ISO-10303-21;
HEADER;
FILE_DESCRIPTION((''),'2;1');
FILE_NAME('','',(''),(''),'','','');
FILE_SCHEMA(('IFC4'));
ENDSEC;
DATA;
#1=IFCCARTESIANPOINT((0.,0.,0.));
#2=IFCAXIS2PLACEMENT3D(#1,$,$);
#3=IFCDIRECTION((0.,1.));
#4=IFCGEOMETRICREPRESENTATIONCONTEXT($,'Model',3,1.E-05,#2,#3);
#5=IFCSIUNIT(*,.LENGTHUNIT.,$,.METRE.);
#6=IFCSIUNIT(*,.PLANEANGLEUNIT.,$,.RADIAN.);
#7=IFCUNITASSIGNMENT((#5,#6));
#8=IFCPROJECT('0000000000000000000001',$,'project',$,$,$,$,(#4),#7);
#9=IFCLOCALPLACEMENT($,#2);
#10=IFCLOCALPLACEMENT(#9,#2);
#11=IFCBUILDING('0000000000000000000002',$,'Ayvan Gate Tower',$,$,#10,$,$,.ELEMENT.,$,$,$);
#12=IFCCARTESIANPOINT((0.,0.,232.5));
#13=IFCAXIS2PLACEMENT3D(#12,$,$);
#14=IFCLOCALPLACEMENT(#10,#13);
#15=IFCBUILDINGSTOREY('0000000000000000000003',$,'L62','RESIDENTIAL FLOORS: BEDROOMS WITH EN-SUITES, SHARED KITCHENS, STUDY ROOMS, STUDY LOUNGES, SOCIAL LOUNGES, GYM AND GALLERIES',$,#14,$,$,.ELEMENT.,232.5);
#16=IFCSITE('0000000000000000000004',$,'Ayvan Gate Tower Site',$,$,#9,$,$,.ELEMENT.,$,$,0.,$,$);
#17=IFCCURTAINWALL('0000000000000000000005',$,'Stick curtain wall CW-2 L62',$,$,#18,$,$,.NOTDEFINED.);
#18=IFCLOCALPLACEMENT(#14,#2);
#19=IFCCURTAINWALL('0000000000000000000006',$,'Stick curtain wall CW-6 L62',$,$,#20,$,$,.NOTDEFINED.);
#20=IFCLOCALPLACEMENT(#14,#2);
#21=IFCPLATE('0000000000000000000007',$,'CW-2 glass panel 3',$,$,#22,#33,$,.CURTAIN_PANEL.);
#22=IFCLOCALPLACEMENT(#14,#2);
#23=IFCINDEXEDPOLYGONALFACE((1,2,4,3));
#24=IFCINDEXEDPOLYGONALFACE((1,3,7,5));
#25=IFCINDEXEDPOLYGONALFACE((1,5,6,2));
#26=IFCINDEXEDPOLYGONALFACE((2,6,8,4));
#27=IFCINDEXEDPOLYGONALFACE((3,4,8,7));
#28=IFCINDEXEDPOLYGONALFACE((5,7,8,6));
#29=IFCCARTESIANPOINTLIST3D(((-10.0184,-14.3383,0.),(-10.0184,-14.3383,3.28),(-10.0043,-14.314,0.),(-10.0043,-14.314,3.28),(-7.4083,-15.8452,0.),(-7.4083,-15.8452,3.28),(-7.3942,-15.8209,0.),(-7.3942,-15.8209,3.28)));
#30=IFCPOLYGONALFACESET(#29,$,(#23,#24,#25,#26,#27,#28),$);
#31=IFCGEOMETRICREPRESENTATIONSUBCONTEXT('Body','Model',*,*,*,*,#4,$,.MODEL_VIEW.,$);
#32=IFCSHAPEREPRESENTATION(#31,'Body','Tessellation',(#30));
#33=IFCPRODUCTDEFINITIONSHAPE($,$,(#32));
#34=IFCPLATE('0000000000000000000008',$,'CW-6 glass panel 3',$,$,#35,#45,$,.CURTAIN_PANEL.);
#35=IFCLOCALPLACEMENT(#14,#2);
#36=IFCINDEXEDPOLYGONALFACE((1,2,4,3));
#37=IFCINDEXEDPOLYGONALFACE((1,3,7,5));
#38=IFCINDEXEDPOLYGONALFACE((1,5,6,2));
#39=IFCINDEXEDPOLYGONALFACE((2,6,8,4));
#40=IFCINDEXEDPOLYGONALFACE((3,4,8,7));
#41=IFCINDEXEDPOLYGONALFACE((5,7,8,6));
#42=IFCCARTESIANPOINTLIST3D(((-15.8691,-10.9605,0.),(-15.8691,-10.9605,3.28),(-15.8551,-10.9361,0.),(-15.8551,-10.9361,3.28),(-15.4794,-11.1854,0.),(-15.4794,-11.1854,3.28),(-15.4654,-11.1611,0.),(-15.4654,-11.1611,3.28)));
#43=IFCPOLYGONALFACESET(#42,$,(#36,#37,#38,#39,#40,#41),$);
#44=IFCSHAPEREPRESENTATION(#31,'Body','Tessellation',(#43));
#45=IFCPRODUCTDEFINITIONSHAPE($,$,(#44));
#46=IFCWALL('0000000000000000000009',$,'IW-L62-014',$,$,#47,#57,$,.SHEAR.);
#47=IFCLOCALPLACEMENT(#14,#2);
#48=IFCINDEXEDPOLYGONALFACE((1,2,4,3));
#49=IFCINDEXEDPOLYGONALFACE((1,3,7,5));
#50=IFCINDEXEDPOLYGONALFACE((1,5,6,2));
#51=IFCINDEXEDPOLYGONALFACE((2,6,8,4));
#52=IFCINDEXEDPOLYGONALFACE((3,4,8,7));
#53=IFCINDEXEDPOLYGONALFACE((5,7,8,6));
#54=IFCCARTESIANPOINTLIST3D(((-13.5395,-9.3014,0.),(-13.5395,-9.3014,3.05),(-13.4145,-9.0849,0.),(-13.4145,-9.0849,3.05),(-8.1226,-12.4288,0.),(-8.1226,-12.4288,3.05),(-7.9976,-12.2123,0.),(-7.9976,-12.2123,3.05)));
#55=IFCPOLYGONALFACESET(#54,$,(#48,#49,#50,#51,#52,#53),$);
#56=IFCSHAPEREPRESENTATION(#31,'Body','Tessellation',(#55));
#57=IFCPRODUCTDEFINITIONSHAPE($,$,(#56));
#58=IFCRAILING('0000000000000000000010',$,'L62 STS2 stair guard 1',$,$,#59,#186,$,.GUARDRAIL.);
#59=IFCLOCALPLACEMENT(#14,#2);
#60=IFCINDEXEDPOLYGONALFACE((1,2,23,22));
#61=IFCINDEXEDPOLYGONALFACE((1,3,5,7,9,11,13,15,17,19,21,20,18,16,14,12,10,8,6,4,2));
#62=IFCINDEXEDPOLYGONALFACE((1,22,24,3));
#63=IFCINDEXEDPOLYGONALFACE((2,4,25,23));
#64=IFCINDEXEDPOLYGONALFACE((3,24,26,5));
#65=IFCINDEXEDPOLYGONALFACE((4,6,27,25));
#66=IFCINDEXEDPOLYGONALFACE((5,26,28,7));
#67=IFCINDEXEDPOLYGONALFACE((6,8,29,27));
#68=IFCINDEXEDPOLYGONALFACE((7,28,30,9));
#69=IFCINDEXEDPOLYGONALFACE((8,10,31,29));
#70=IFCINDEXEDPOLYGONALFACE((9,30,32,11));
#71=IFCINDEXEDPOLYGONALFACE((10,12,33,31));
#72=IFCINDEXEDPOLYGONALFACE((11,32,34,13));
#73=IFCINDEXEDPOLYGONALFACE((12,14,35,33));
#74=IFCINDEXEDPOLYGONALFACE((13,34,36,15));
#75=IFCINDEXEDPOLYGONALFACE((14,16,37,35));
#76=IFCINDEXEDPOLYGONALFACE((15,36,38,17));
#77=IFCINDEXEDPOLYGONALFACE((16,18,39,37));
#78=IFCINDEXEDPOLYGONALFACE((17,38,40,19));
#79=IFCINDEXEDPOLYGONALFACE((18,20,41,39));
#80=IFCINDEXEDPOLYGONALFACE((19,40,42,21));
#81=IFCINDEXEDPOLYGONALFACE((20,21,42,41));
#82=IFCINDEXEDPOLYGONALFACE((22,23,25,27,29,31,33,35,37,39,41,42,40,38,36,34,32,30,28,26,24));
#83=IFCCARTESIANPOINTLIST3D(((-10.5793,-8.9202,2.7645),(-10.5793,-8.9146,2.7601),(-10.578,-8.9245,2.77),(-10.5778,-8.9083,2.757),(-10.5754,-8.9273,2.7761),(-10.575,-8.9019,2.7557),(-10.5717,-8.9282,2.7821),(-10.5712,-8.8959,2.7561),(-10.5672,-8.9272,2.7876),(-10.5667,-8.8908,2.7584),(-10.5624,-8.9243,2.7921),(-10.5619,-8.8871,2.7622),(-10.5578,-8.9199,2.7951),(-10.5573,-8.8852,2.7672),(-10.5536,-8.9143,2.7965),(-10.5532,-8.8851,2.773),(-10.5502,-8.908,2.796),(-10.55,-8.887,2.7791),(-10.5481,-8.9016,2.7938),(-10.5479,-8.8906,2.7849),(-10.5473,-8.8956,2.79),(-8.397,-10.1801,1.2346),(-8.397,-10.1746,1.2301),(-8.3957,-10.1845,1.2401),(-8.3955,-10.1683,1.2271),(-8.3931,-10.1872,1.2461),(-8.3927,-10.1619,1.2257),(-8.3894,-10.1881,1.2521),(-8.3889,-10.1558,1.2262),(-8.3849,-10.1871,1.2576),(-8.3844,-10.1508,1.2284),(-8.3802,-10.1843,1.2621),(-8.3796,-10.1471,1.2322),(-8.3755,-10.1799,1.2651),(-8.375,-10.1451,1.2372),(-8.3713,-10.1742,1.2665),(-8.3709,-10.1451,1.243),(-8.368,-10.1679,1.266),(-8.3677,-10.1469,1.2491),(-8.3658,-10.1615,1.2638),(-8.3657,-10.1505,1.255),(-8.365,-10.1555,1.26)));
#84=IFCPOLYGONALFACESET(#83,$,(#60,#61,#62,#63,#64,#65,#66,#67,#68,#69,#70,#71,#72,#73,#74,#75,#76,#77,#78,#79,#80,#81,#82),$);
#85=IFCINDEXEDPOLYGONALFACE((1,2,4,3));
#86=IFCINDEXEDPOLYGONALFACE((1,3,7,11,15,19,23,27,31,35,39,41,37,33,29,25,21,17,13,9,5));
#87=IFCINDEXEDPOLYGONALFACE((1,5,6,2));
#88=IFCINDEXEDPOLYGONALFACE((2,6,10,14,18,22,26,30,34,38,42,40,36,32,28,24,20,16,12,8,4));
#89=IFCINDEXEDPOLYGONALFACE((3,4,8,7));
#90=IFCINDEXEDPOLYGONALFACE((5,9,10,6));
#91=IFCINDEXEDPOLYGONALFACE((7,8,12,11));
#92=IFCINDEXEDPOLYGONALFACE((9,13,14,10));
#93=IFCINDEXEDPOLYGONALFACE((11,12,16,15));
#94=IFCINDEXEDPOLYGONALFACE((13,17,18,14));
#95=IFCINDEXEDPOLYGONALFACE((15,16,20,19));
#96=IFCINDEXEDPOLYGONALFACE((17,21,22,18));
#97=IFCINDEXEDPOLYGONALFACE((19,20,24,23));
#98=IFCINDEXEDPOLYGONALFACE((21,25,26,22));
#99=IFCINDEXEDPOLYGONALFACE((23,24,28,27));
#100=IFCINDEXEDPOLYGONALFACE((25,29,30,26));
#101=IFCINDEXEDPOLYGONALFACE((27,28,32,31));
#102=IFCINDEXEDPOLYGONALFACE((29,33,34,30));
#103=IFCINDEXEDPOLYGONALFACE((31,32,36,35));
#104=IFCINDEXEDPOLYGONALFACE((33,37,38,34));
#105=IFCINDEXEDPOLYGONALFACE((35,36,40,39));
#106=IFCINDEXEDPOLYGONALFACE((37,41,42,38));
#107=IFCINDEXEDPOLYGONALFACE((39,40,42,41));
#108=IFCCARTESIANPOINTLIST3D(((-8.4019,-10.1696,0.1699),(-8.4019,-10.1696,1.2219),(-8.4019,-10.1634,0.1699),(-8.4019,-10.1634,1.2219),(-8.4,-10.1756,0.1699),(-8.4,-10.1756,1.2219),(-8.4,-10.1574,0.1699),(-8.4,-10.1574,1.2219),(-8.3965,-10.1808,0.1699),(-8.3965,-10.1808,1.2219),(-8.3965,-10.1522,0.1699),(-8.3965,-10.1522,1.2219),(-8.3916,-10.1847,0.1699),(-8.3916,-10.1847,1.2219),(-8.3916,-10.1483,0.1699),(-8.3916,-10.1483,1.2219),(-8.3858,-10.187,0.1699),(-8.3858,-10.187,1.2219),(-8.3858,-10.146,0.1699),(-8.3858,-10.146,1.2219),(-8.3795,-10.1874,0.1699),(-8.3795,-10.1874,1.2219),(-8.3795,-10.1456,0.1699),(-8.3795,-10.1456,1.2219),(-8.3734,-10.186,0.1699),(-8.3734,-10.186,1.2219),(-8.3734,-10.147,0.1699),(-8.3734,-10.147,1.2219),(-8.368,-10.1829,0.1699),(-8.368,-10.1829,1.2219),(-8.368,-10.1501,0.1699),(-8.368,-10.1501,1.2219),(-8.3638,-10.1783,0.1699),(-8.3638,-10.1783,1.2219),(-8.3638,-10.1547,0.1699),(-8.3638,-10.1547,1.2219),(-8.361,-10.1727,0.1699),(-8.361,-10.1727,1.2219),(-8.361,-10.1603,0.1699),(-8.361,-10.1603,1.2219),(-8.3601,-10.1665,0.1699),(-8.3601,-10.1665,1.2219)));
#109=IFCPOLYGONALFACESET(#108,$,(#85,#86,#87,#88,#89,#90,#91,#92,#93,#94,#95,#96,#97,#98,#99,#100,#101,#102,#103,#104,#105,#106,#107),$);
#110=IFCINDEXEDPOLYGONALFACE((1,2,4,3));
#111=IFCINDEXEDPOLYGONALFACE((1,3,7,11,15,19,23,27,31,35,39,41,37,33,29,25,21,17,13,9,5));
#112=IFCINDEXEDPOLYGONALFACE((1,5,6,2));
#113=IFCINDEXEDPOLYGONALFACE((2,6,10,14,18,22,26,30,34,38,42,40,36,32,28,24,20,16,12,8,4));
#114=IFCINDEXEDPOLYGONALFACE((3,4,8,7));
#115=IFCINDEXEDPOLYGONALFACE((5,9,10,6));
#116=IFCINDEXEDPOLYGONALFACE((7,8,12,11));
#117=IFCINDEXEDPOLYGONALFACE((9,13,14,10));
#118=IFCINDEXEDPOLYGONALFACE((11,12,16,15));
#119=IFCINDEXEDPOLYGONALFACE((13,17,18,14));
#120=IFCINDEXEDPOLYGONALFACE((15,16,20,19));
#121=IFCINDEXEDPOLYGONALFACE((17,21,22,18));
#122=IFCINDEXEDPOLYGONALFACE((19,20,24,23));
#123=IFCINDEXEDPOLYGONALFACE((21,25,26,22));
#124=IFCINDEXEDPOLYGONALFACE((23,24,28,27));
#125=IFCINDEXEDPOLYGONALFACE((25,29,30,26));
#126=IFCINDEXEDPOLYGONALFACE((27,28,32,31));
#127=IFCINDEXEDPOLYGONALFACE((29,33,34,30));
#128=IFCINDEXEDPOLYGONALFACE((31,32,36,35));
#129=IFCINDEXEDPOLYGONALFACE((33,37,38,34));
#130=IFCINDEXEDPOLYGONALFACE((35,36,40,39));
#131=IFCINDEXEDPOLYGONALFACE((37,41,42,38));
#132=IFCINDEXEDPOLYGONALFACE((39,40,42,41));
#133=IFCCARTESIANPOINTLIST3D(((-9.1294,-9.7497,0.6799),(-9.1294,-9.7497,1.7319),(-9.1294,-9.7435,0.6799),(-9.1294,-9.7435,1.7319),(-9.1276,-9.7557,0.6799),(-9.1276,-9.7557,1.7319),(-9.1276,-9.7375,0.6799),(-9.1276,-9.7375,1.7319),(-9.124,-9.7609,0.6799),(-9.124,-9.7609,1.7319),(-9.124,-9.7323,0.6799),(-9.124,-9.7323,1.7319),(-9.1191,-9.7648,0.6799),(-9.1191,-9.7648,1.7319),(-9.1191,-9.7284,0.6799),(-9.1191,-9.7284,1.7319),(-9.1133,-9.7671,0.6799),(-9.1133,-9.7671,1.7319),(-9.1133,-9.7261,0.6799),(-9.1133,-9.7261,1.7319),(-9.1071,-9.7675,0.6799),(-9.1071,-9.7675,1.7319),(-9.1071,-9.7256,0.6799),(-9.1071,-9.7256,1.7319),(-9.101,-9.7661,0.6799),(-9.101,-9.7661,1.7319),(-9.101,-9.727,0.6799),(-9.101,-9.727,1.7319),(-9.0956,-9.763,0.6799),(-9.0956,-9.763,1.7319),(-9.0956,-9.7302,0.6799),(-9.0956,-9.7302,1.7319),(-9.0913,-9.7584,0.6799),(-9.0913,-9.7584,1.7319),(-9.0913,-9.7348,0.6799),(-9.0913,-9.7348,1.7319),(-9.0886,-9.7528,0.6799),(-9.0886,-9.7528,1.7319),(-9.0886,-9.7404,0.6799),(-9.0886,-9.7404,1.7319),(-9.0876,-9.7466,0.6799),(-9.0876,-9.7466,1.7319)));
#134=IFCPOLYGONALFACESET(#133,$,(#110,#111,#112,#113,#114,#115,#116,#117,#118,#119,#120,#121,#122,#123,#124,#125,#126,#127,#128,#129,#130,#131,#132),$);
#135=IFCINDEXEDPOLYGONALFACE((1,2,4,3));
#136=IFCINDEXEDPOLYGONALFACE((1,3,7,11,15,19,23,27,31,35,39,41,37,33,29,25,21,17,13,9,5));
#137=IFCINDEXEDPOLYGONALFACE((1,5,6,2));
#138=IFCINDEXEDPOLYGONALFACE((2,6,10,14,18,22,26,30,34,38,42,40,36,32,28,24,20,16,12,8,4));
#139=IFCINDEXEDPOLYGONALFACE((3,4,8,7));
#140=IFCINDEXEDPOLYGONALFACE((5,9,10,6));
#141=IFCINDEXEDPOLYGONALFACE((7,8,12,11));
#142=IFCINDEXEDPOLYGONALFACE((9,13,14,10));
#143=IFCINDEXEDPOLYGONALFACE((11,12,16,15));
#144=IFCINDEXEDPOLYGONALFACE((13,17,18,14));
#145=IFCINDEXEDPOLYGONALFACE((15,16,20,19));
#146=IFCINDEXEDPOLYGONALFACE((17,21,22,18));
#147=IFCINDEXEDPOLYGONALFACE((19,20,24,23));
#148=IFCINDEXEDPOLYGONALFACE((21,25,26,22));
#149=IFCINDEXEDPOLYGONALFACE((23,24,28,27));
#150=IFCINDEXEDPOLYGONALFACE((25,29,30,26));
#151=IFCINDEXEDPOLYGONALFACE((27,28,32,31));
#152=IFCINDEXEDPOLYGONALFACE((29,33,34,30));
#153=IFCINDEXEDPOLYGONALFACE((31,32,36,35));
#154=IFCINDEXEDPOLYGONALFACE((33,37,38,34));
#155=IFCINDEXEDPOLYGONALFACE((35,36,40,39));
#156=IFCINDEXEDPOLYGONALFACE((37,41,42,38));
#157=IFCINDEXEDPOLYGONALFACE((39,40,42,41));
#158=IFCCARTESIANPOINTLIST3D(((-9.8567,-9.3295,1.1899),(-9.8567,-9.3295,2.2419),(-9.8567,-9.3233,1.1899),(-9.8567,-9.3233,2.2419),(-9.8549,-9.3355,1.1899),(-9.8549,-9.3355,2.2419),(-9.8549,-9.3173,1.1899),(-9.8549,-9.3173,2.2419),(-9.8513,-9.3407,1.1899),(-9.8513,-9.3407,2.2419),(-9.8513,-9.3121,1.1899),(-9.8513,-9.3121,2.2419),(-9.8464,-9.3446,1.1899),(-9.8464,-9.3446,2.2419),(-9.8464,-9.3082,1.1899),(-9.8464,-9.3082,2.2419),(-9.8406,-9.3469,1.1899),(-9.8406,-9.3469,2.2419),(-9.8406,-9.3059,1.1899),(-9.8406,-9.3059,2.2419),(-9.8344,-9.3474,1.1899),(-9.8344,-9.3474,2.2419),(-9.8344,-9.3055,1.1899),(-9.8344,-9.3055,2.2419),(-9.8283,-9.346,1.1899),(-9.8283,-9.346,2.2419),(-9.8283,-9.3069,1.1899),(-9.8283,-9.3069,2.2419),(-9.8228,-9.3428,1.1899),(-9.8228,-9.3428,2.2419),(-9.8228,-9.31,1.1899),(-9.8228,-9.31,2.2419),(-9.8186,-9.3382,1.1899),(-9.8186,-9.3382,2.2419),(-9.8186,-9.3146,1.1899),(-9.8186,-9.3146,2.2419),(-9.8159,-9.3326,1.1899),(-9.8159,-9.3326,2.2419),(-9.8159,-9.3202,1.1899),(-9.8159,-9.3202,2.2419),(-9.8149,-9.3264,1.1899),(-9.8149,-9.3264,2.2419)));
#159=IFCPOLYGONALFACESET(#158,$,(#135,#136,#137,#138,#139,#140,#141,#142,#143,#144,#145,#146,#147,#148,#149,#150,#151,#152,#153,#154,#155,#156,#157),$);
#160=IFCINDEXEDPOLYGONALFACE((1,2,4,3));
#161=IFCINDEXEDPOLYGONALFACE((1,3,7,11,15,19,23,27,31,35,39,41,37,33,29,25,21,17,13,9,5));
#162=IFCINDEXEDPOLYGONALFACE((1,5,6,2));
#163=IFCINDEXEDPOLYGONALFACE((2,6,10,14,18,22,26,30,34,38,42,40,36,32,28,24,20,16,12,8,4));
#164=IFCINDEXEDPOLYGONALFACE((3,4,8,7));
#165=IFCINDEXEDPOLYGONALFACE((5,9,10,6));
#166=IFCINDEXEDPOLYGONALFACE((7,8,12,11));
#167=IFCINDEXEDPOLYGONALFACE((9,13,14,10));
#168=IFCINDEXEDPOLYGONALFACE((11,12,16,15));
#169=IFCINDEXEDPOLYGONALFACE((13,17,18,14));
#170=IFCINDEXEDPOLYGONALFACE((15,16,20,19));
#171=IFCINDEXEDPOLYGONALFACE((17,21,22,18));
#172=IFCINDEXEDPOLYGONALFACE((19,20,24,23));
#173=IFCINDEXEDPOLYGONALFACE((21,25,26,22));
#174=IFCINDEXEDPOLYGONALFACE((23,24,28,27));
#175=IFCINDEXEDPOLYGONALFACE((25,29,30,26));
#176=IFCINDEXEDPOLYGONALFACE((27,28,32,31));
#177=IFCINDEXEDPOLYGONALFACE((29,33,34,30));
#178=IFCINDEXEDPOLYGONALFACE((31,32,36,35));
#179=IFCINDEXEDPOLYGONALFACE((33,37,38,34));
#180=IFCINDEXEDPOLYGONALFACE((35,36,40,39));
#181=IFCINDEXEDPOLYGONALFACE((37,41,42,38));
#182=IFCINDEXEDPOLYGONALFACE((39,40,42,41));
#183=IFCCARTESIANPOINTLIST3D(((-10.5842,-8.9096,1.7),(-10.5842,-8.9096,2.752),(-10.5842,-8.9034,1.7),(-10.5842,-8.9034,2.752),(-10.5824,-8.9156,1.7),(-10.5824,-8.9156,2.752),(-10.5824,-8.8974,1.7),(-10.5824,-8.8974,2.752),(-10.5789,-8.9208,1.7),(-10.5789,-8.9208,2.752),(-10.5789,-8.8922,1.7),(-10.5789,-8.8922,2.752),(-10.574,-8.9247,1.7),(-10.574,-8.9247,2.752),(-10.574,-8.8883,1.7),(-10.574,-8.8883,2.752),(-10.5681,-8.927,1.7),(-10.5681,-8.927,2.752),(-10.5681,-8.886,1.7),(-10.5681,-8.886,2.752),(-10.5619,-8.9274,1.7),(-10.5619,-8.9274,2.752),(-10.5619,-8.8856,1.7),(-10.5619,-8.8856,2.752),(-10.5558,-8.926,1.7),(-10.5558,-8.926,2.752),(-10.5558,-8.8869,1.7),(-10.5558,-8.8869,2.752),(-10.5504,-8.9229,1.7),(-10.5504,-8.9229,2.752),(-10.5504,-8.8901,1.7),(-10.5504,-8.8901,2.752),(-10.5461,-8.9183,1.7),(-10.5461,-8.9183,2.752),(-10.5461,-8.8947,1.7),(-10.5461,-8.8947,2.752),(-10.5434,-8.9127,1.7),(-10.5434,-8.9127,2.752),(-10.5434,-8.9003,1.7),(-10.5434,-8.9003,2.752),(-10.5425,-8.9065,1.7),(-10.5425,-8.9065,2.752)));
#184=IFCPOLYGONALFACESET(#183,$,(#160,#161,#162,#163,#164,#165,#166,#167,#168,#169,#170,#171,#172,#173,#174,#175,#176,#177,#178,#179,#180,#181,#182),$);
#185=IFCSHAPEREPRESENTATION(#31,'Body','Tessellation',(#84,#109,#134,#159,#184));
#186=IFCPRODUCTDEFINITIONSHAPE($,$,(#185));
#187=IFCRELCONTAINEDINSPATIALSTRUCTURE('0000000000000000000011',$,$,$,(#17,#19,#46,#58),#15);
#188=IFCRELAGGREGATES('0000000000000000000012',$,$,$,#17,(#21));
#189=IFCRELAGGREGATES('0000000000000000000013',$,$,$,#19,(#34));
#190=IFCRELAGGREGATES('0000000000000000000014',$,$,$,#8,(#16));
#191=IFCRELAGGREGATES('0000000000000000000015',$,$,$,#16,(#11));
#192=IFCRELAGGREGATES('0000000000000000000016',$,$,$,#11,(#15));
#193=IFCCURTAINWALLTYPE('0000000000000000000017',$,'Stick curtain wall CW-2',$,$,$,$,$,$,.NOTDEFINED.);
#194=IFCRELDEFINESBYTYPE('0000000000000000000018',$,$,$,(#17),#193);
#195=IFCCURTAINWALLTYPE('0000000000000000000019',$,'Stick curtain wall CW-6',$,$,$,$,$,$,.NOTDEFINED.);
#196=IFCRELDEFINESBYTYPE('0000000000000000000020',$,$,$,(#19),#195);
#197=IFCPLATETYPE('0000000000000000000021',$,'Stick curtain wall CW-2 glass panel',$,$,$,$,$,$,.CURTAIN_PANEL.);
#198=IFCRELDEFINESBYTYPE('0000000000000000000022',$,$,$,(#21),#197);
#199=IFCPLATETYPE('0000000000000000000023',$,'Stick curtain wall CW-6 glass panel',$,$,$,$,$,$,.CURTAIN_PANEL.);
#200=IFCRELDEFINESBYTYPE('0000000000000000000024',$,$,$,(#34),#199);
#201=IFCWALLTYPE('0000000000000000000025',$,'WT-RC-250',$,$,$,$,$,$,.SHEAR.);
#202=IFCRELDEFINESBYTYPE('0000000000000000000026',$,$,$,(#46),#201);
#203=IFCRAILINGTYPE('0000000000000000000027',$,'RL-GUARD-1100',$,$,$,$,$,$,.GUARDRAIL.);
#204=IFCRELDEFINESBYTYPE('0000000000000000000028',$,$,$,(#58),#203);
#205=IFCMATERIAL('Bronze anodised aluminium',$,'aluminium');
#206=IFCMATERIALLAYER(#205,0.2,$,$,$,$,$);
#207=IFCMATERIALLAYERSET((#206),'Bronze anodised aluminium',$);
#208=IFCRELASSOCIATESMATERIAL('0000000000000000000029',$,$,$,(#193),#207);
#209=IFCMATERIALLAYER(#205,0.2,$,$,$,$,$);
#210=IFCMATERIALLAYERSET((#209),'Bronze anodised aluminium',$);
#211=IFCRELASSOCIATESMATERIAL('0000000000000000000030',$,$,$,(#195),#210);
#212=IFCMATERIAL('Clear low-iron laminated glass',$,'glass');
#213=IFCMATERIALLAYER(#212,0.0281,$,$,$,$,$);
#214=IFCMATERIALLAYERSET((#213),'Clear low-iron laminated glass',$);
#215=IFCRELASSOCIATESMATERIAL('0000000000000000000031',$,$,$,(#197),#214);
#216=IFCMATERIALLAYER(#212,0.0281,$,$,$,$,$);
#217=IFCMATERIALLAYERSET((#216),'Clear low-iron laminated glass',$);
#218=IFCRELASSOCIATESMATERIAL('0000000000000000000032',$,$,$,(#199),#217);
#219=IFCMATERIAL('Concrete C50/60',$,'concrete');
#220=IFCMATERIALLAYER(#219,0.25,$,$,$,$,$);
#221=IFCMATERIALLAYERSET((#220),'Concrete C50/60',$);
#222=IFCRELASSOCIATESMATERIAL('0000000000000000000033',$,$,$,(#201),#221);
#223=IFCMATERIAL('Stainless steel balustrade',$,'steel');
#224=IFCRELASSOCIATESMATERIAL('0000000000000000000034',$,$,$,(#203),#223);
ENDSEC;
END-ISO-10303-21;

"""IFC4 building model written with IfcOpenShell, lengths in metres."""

from ifc_helpers import new_model, si_unit, direction, frame, frame_2d, origin, origin_2d, place, context, subcontext, project, spatial, rectangle, circle, extrude, material, layer, layer_set, type_object, element, aggregate, save


model = new_model("IFC4")

# Units and contexts
model_context = context("Model", 3, precision=1e-05, world=origin(), true_north=direction((0.0, 1.0)))
body_context = subcontext(model_context, "Body", "Model", "MODEL_VIEW")
ifc_project = project(units=[si_unit("LENGTHUNIT", "METRE"), si_unit("PLANEANGLEUNIT", "RADIAN")], contexts=[model_context])

# Site, building, storey
site_placement = place(None, origin())
site = spatial("IfcSite", under=ifc_project, at=site_placement, Name="Ayvan Gate Tower Site", CompositionType="ELEMENT", RefElevation=0.0)
building_placement = place(site_placement, origin())
building = spatial("IfcBuilding", under=site, at=building_placement, Name="Ayvan Gate Tower", CompositionType="ELEMENT")
storey_placement = place(building_placement, frame((0.0, 0.0, 232.5)))
storey = spatial("IfcBuildingStorey", under=building, at=storey_placement, Name="L62", Description="RESIDENTIAL FLOORS: BEDROOMS WITH EN-SUITES, SHARED KITCHENS, STUDY ROOMS, STUDY LOUNGES, SOCIAL LOUNGES, GYM AND GALLERIES", CompositionType="ELEMENT", Elevation=232.5)

# Shared definitions
ifc_material_1 = material(Name="Concrete C50/60", Category="concrete")

# Curtain walls
ifc_material_2 = material(Name="Bronze anodised aluminium", Category="aluminium")
ifc_layer_1 = layer(ifc_material_2, 0.2)
ifc_layer_set_1 = layer_set([ifc_layer_1], Name="Bronze anodised aluminium")
curtain_wall_type_1 = type_object("IfcCurtainWallType", Name="Stick curtain wall CW-2", PredefinedType="NOTDEFINED", material=ifc_layer_set_1)
curtain_wall_1_placement = place(storey_placement, origin())
curtain_wall_1 = element("IfcCurtainWall", 1, at=curtain_wall_1_placement, inside=storey, type_object=curtain_wall_type_1, Name="Stick curtain wall CW-2 L62", PredefinedType="NOTDEFINED")
ifc_layer_2 = layer(ifc_material_2, 0.2)
ifc_layer_set_2 = layer_set([ifc_layer_2], Name="Bronze anodised aluminium")
curtain_wall_type_2 = type_object("IfcCurtainWallType", Name="Stick curtain wall CW-6", PredefinedType="NOTDEFINED", material=ifc_layer_set_2)
curtain_wall_2_placement = place(storey_placement, origin())
curtain_wall_2 = element("IfcCurtainWall", 2, at=curtain_wall_2_placement, inside=storey, type_object=curtain_wall_type_2, Name="Stick curtain wall CW-6 L62", PredefinedType="NOTDEFINED")

# Plates
ifc_material_3 = material(Name="Clear low-iron laminated glass", Category="glass")
ifc_layer_3 = layer(ifc_material_3, 0.0281)
ifc_layer_set_3 = layer_set([ifc_layer_3], Name="Clear low-iron laminated glass")
plate_type_1 = type_object("IfcPlateType", Name="Stick curtain wall CW-2 glass panel", PredefinedType="CURTAIN_PANEL", material=ifc_layer_set_3)
plate_1_placement = place(storey_placement, frame((-8.7063, -15.0796, 0.0), z_axis=(0.0, 0.0, 1.0), x_axis=(0.866025, -0.5, 0.0)))
plate_1 = element("IfcPlate", 3, at=plate_1_placement, type_object=plate_type_1, Name="CW-2 glass panel 3", PredefinedType="CURTAIN_PANEL", context=body_context, shape_type="SweptSolid", body=[
    extrude(rectangle(XDim=3.0139, YDim=0.0281, at=origin_2d()), origin(), (0.0, 0.0, 1.0), 3.28),
])
aggregate(curtain_wall_1, [plate_1])
ifc_layer_4 = layer(ifc_material_3, 0.0281)
ifc_layer_set_4 = layer_set([ifc_layer_4], Name="Clear low-iron laminated glass")
plate_type_2 = type_object("IfcPlateType", Name="Stick curtain wall CW-6 glass panel", PredefinedType="CURTAIN_PANEL", material=ifc_layer_set_4)
plate_2_placement = place(storey_placement, frame((-15.6672, -11.0608, 0.0), z_axis=(0.0, 0.0, 1.0), x_axis=(0.866025, -0.5, 0.0)))
plate_2 = element("IfcPlate", 4, at=plate_2_placement, type_object=plate_type_2, Name="CW-6 glass panel 3", PredefinedType="CURTAIN_PANEL", context=body_context, shape_type="SweptSolid", body=[
    extrude(rectangle(XDim=0.45, YDim=0.0281, at=origin_2d()), origin(), (0.0, 0.0, 1.0), 3.28),
])
aggregate(curtain_wall_2, [plate_2])

# Wall
ifc_layer_5 = layer(ifc_material_1, 0.25)
ifc_layer_set_5 = layer_set([ifc_layer_5], Name="Concrete C50/60")
wall_type = type_object("IfcWallType", Name="WT-RC-250", PredefinedType="SHEAR", material=ifc_layer_set_5)
wall_placement = place(storey_placement, frame((-8.0601, -12.3206, 0.0), z_axis=(0.0, 0.0, 1.0), x_axis=(-0.86603, 0.499993, 0.0)))
element("IfcWall", 5, at=wall_placement, inside=storey, type_object=wall_type, Name="IW-L62-014", PredefinedType="SHEAR", context=body_context, shape_type="SweptSolid", body=[
    extrude(rectangle(XDim=6.2549, YDim=0.25, at=frame_2d((3.1274, 0.0))), origin(), (0.0, 0.0, 1.0), 3.05),
])

# Railing
ifc_material_4 = material(Name="Stainless steel balustrade", Category="steel")
railing_type_1 = type_object("IfcRailingType", Name="RL-GUARD-1100", PredefinedType="GUARDRAIL", material=ifc_material_4)
railing_1_placement = place(storey_placement, frame((-8.3811, -10.1665, 0.1699)))
element("IfcRailing", 6, at=railing_1_placement, inside=storey, type_object=railing_type_1, Name="L62 STS2 stair guard 1", PredefinedType="GUARDRAIL", context=body_context, shape_type="SweptSolid", body=[
    extrude(circle(Radius=0.0239, at=origin_2d()), frame((0.0, 0.0, 1.0762), z_axis=(-0.740261, 0.427395, 0.518986), x_axis=(-0.500005, -0.866023, 0.0)), (0.0, 0.0, 1.0), 2.948),
    extrude(circle(Radius=0.021, at=origin_2d()), origin(), (0.0, 0.0, 1.0), 1.052),
    extrude(circle(Radius=0.021, at=origin_2d()), frame((-0.7275, 0.4199, 0.51)), (0.0, 0.0, 1.0), 1.052),
    extrude(circle(Radius=0.021, at=origin_2d()), frame((-1.4548, 0.8401, 1.02)), (0.0, 0.0, 1.0), 1.052),
    extrude(circle(Radius=0.021, at=origin_2d()), frame((-2.1824, 1.26, 1.53)), (0.0, 0.0, 1.0), 1.052),
])

save(model, "model.ifc")
